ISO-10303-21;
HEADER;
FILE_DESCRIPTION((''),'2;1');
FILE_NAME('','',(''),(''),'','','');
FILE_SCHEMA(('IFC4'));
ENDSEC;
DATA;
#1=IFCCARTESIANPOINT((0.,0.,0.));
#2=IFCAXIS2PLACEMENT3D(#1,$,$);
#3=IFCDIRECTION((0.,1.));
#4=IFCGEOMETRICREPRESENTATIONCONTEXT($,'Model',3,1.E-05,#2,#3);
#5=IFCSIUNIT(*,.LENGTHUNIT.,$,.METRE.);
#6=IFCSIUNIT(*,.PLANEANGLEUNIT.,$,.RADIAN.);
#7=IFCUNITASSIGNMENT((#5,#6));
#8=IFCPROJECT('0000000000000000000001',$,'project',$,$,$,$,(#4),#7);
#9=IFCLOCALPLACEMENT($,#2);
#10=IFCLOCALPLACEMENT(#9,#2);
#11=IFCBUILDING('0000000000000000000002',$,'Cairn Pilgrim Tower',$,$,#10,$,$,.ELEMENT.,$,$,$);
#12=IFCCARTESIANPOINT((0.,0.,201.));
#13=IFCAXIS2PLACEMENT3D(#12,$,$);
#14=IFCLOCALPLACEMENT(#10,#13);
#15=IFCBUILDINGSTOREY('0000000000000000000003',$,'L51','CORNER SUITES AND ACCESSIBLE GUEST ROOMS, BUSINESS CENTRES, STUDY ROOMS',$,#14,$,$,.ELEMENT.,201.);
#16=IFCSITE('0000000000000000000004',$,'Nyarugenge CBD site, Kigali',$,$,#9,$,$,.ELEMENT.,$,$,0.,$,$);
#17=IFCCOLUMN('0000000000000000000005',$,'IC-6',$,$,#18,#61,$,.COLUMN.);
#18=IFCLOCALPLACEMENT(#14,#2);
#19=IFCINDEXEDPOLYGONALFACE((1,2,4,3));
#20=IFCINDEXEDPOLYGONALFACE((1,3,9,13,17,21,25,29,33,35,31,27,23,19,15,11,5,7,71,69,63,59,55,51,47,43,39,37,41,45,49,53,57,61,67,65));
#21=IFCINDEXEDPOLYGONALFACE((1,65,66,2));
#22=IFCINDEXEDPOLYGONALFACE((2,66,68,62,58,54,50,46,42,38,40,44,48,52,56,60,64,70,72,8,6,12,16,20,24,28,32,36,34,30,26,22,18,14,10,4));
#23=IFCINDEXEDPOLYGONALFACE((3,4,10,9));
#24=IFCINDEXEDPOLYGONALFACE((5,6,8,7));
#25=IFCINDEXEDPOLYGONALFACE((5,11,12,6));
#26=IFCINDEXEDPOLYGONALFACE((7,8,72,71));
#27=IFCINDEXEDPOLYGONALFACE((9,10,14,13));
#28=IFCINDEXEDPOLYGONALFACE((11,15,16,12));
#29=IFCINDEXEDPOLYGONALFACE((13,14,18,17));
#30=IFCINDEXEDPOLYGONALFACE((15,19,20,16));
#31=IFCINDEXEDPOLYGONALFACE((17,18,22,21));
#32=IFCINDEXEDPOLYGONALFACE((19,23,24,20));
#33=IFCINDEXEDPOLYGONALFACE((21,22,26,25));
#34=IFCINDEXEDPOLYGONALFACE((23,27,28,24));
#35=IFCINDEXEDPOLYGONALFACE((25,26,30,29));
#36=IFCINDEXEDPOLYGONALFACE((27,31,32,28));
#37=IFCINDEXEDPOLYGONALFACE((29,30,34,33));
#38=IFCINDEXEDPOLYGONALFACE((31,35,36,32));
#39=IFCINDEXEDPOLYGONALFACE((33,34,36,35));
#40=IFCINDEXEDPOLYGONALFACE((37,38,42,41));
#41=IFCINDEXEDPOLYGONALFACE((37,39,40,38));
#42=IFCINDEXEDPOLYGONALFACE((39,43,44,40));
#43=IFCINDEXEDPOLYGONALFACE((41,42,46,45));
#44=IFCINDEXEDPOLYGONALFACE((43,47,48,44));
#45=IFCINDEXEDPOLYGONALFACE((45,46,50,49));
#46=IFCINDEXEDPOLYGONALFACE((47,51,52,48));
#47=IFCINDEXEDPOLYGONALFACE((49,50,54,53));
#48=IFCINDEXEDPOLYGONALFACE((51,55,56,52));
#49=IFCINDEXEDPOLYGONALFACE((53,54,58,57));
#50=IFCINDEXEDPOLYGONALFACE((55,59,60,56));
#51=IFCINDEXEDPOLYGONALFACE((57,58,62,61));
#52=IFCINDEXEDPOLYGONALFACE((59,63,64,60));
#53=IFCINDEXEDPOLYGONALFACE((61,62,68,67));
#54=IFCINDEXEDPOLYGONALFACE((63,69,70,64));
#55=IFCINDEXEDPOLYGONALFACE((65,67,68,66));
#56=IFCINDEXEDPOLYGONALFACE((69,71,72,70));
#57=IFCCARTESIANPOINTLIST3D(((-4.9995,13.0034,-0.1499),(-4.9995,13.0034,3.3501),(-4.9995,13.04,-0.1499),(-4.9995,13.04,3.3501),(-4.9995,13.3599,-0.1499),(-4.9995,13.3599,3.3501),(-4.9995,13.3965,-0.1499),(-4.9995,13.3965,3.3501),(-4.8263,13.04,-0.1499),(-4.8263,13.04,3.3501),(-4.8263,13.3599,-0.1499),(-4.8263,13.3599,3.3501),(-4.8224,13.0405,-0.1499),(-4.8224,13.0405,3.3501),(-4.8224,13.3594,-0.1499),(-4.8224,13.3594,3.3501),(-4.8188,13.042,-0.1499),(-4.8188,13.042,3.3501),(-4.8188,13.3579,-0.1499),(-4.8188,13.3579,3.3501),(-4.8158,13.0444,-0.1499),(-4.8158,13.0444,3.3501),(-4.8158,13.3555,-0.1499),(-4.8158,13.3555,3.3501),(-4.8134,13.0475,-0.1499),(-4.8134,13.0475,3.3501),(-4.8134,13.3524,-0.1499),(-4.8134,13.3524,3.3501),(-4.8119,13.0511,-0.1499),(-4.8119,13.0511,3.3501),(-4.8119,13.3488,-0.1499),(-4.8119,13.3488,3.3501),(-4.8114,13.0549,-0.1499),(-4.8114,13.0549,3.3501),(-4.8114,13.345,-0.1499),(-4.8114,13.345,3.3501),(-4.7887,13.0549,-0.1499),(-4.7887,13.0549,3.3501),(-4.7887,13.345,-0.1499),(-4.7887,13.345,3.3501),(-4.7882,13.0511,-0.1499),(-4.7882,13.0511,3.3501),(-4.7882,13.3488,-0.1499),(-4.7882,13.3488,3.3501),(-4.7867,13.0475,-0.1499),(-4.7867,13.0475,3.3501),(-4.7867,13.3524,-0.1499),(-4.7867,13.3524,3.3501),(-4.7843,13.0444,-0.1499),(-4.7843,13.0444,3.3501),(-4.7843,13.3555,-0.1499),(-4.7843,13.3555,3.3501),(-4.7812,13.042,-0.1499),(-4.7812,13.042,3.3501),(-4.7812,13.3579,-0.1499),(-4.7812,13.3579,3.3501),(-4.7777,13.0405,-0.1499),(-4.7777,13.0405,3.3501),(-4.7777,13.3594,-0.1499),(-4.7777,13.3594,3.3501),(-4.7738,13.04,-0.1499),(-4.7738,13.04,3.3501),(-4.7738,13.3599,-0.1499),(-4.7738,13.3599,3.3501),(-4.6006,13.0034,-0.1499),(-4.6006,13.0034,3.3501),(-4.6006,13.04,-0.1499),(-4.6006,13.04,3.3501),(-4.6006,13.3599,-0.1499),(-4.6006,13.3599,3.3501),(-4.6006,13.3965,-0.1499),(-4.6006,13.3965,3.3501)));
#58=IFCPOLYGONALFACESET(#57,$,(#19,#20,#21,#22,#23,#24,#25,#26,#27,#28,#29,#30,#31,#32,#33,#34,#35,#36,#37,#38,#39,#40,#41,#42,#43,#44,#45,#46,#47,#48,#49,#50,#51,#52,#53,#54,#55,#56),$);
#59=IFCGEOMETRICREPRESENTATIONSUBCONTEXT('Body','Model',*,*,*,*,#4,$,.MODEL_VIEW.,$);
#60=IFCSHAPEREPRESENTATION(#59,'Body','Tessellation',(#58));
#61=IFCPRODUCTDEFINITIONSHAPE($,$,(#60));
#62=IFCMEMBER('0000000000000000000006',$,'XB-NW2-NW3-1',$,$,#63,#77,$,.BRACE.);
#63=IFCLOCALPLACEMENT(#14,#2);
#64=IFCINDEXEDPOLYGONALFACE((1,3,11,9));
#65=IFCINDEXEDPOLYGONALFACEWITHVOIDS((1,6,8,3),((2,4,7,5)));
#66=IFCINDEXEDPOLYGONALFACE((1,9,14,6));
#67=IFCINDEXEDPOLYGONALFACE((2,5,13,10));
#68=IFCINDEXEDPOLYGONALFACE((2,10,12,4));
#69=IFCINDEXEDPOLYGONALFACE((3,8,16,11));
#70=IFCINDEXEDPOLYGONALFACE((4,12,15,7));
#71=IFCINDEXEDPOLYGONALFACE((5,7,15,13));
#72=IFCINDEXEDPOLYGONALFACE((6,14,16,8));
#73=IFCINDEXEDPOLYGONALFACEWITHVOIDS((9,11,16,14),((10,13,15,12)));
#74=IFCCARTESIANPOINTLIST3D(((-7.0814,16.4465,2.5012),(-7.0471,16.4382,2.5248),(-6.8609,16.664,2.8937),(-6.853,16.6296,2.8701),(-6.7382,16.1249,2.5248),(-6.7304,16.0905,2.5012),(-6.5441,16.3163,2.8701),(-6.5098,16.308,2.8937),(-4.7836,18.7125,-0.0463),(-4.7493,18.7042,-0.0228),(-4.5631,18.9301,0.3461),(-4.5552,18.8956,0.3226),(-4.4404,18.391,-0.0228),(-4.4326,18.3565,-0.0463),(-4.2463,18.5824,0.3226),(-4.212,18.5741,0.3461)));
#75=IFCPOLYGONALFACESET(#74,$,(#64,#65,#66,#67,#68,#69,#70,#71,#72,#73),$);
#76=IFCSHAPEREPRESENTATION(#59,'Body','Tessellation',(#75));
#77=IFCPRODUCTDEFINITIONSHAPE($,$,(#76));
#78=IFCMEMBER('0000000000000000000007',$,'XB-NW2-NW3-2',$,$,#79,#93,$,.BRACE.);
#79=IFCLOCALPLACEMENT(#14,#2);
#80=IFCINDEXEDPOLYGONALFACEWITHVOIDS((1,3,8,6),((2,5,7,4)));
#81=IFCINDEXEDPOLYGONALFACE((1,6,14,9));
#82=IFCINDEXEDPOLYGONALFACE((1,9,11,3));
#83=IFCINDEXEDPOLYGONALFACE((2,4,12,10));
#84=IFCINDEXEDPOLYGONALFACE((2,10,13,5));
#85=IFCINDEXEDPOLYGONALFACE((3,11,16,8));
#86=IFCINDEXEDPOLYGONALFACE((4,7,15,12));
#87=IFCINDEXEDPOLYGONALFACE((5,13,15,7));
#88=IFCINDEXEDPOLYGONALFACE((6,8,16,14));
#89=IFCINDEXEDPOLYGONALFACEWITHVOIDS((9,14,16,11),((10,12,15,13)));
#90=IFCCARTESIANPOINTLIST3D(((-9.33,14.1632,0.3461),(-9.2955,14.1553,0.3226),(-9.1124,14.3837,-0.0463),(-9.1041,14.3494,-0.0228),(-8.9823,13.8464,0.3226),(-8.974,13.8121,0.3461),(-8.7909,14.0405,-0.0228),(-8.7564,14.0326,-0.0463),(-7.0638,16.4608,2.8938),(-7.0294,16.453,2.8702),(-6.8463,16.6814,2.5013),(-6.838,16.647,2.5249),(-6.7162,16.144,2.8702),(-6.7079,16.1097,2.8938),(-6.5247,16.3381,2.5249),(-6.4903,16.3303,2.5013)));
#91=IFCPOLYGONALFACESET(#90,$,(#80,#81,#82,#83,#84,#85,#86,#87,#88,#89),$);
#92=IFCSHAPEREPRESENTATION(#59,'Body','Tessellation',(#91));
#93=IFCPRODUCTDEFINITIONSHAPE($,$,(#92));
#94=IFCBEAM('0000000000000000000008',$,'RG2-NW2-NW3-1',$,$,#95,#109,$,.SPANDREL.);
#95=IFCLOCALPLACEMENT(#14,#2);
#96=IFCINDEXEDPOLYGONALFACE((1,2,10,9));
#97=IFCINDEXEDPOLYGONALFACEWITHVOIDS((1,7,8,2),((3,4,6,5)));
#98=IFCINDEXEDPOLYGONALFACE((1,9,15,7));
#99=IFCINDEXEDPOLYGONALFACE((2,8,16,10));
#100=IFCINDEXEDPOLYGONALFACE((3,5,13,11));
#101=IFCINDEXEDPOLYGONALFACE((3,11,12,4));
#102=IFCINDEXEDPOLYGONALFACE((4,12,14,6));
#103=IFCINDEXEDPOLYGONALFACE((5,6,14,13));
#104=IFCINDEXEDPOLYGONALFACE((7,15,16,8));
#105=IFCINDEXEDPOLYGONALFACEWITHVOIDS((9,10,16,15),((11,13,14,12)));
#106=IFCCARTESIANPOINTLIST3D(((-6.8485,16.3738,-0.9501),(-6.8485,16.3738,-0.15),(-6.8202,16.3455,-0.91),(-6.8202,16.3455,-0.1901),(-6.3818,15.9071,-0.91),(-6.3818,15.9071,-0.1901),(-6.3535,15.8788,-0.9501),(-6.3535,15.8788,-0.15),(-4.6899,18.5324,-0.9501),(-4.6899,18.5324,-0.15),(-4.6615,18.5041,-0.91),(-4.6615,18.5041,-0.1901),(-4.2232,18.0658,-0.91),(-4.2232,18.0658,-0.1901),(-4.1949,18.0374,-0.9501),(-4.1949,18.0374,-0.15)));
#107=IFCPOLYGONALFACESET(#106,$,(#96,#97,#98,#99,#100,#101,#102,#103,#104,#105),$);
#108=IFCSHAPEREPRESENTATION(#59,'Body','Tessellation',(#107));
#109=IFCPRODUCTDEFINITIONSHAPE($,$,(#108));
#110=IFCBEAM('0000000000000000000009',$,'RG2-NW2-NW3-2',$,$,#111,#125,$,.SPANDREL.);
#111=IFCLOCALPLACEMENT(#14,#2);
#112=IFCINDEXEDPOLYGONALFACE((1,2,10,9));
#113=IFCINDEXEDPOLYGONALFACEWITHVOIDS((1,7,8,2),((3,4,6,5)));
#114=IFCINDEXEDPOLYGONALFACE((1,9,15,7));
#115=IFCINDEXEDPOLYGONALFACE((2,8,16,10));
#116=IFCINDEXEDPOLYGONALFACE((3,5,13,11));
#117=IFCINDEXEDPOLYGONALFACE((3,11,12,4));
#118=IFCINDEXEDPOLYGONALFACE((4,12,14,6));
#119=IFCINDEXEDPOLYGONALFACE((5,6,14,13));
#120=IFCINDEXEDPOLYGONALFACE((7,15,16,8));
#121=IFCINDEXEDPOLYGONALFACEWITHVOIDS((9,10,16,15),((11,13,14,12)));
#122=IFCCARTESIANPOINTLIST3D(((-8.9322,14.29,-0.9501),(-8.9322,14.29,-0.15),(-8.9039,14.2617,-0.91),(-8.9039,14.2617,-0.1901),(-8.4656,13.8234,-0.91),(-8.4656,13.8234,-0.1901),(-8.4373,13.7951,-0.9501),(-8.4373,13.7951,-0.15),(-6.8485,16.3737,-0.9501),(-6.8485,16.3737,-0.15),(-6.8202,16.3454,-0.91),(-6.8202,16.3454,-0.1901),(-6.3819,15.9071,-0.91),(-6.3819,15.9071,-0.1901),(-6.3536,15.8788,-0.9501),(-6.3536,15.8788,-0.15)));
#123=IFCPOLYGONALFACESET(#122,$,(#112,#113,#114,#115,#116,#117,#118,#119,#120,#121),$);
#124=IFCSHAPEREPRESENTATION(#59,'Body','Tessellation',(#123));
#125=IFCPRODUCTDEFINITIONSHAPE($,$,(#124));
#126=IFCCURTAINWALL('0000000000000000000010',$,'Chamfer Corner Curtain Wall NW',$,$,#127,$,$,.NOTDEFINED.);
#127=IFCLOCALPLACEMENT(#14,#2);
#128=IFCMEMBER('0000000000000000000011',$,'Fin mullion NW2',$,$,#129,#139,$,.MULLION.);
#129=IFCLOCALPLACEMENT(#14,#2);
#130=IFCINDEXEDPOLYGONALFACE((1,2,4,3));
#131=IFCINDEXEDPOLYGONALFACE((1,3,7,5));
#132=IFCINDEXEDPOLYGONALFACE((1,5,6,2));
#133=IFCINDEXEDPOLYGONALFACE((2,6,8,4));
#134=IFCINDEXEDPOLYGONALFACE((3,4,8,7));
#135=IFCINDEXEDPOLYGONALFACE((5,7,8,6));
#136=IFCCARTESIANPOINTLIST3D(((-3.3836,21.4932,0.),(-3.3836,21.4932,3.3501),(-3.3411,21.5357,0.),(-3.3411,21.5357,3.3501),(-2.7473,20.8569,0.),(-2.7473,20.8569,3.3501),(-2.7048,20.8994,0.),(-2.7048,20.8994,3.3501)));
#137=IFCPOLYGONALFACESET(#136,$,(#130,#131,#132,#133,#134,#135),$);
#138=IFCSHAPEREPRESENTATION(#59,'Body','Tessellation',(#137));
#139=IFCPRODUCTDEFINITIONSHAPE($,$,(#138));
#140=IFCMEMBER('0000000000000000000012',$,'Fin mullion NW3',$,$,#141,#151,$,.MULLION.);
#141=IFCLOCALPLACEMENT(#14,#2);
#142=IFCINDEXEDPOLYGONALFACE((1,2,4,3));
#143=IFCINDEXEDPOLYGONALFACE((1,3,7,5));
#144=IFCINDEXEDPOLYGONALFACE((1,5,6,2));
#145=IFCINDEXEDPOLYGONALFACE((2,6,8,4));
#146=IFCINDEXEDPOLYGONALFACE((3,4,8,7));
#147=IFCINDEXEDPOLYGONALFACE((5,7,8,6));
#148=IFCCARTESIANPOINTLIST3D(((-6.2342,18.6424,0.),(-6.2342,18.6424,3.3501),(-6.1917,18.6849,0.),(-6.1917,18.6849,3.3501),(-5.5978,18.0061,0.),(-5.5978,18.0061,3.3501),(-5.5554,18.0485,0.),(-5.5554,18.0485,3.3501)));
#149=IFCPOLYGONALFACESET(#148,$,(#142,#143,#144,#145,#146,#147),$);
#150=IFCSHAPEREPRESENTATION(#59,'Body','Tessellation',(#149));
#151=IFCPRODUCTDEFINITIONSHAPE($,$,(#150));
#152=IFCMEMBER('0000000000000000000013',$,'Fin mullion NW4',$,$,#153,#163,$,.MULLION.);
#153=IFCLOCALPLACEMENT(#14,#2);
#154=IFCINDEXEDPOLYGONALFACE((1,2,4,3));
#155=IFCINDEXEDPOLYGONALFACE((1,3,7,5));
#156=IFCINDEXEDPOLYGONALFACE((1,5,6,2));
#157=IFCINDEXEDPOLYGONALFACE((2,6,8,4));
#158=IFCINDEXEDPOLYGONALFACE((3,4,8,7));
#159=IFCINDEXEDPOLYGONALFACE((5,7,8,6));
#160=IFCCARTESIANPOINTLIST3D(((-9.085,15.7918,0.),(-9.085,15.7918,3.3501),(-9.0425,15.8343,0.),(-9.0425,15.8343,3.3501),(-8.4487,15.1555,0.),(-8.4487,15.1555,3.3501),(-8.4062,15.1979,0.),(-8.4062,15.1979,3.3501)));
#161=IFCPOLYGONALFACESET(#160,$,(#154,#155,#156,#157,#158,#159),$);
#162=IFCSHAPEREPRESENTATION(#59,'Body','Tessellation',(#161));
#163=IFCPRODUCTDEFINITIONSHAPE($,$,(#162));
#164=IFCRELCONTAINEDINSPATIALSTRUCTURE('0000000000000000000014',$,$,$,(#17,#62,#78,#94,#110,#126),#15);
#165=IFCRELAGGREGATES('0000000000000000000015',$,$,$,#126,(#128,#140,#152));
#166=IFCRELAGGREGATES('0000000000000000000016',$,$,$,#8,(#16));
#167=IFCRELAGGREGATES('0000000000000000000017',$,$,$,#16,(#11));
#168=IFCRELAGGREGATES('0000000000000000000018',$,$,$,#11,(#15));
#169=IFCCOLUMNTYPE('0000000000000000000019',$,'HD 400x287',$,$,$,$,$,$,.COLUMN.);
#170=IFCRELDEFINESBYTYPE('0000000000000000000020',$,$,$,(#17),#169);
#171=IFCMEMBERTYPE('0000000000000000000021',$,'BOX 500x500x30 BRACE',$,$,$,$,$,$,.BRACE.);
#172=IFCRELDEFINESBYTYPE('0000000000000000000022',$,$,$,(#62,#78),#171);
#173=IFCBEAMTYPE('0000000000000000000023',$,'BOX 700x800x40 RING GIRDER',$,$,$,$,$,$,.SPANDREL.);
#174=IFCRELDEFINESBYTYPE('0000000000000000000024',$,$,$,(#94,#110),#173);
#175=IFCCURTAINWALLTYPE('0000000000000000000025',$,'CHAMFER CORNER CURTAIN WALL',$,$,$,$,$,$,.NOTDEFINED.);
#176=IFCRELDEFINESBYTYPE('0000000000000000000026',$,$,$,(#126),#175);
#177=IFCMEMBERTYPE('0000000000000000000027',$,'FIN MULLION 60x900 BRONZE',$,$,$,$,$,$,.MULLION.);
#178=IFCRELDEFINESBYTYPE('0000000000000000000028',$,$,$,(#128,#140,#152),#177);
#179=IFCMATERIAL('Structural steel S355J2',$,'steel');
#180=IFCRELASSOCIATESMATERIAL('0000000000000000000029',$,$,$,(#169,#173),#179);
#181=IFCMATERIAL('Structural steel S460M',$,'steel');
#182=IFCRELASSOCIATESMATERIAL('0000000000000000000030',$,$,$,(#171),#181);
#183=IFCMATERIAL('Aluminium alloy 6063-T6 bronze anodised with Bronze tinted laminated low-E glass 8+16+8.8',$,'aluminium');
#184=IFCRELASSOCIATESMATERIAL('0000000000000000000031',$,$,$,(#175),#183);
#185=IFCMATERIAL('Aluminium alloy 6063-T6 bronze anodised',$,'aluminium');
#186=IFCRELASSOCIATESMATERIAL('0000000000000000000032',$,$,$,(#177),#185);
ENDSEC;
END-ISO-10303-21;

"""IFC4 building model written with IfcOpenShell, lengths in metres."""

from ifc_helpers import new_model, si_unit, direction, frame, origin, origin_2d, place, context, subcontext, project, spatial, rectangle, hollow_rectangle, i_section, extrude, material, material_profile, profile_set, type_object, element, aggregate, save


model = new_model("IFC4")

# Units and contexts
model_context = context("Model", 3, precision=1e-05, world=origin(), true_north=direction((0.0, 1.0)))
body_context = subcontext(model_context, "Body", "Model", "MODEL_VIEW")
ifc_project = project(units=[si_unit("LENGTHUNIT", "METRE"), si_unit("PLANEANGLEUNIT", "RADIAN")], contexts=[model_context])

# Site, building, storey
site_placement = place(None, origin())
site = spatial("IfcSite", under=ifc_project, at=site_placement, Name="Nyarugenge CBD site, Kigali", CompositionType="ELEMENT", RefElevation=0.0)
building_placement = place(site_placement, origin())
building = spatial("IfcBuilding", under=site, at=building_placement, Name="Cairn Pilgrim Tower", CompositionType="ELEMENT")
storey_placement = place(building_placement, frame((0.0, 0.0, 201.0)))
storey = spatial("IfcBuildingStorey", under=building, at=storey_placement, Name="L51", Description="CORNER SUITES AND ACCESSIBLE GUEST ROOMS, BUSINESS CENTRES, STUDY ROOMS", CompositionType="ELEMENT", Elevation=201.0)

# Column
ifc_material_1 = material(Name="Structural steel S460M", Category="steel")
ifc_material_2 = material(Name="Structural steel S355J2", Category="steel")
ifc_material_profile_1 = material_profile(ifc_material_2, i_section(OverallWidth=0.3989, OverallDepth=0.3931, WebThickness=0.0227, FlangeThickness=0.0366, FilletRadius=0.0149, at=origin_2d()), Name="HD 400x287")
ifc_profile_set_1 = profile_set([ifc_material_profile_1], Name="Structural steel S355J2")
column_type_1 = type_object("IfcColumnType", Name="HD 400x287", PredefinedType="COLUMN", material=ifc_profile_set_1)
column_placement = place(storey_placement, frame((-4.8, 13.2, -0.1499), z_axis=(0.0, 0.0, 1.0), x_axis=(1.0, 0.0, 0.0)))
element("IfcColumn", 1, at=column_placement, inside=storey, type_object=column_type_1, Name="IC-6", PredefinedType="COLUMN", context=body_context, shape_type="SweptSolid", body=[
    extrude(i_section(OverallWidth=0.3989, OverallDepth=0.3931, WebThickness=0.0227, FlangeThickness=0.0366, FilletRadius=0.0149, at=origin_2d()), origin(), (0.0, 0.0, 1.0), 3.5),
])

# Members
ifc_material_profile_2 = material_profile(ifc_material_1, hollow_rectangle(XDim=0.5, YDim=0.5, WallThickness=0.03, at=origin_2d()), Name="BOX 500x500x30")
ifc_profile_set_2 = profile_set([ifc_material_profile_2], Name="Structural steel S460M")
member_type_1 = type_object("IfcMemberType", Name="BOX 500x500x30 BRACE", PredefinedType="BRACE", material=ifc_profile_set_2)
for number, where, z_axis, x_axis, name in (
    (2, (-4.4978, 18.6433, 0.1499), (-0.558863, -0.551144, 0.619607), (0.702173, -0.712007, 0.0), "XB-NW2-NW3-1"),
    (3, (-9.0432, 14.0979, 0.1499), (0.551162, 0.558822, 0.619627), (-0.71197, 0.70221, 0.0), "XB-NW2-NW3-2"),
):
    element("IfcMember", number, at=place(storey_placement, frame(where, z_axis=z_axis, x_axis=x_axis)), inside=storey, type_object=member_type_1, Name=name, PredefinedType="BRACE", context=body_context, shape_type="SweptSolid", body=[
        extrude(hollow_rectangle(XDim=0.5, YDim=0.5, WallThickness=0.03, at=origin_2d()), origin(), (0.0, 0.0, 1.0), 4.1116),
    ])

# Beams
ifc_material_profile_3 = material_profile(ifc_material_2, hollow_rectangle(XDim=0.7, YDim=0.8, WallThickness=0.04, at=origin_2d()), Name="BOX 700x800x40")
ifc_profile_set_3 = profile_set([ifc_material_profile_3], Name="Structural steel S355J2")
beam_type_1 = type_object("IfcBeamType", Name="BOX 700x800x40 RING GIRDER", PredefinedType="SPANDREL", material=ifc_profile_set_3)
beam_1_placement = place(storey_placement, frame((-4.4424, 18.2849, -0.55), z_axis=(-0.707107, -0.707107, 0.0), x_axis=(0.707107, -0.707107, 0.0)))
element("IfcBeam", 4, at=beam_1_placement, inside=storey, type_object=beam_type_1, Name="RG2-NW2-NW3-1", PredefinedType="SPANDREL", context=body_context, shape_type="SweptSolid", body=[
    extrude(hollow_rectangle(XDim=0.7, YDim=0.8, WallThickness=0.04, at=origin_2d()), origin(), (0.0, 0.0, 1.0), 3.0527),
])
beam_2_placement = place(storey_placement, frame((-6.6011, 16.1262, -0.55), z_axis=(-0.707107, -0.707107, 0.0), x_axis=(0.707107, -0.707107, 0.0)))
element("IfcBeam", 5, at=beam_2_placement, inside=storey, type_object=beam_type_1, Name="RG2-NW2-NW3-2", PredefinedType="SPANDREL", context=body_context, shape_type="SweptSolid", body=[
    extrude(hollow_rectangle(XDim=0.7, YDim=0.8, WallThickness=0.04, at=origin_2d()), origin(), (0.0, 0.0, 1.0), 2.9468),
])

# Curtain wall, members
ifc_material_3 = material(Name="Aluminium alloy 6063-T6 bronze anodised with Bronze tinted laminated low-E glass 8+16+8.8", Category="aluminium")
curtain_wall_type = type_object("IfcCurtainWallType", Name="CHAMFER CORNER CURTAIN WALL", PredefinedType="NOTDEFINED", material=ifc_material_3)
curtain_wall_placement = place(storey_placement, origin())
curtain_wall = element("IfcCurtainWall", 6, at=curtain_wall_placement, inside=storey, type_object=curtain_wall_type, Name="Chamfer Corner Curtain Wall NW", PredefinedType="NOTDEFINED")
ifc_material_4 = material(Name="Aluminium alloy 6063-T6 bronze anodised", Category="aluminium")
ifc_material_profile_4 = material_profile(ifc_material_4, rectangle(XDim=0.8999, YDim=0.0601, at=origin_2d()), Name="FIN MULLION 60x900 BRONZE")
ifc_profile_set_4 = profile_set([ifc_material_profile_4], Name="Aluminium alloy 6063-T6 bronze anodised")
member_type_2 = type_object("IfcMemberType", Name="FIN MULLION 60x900 BRONZE", PredefinedType="MULLION", material=ifc_profile_set_4)
member_1_placement = place(storey_placement, frame((-3.0442, 21.1963, 0.0), z_axis=(0.0, 0.0, 1.0), x_axis=(-0.707107, 0.707107, 0.0)))
member_1 = element("IfcMember", 7, at=member_1_placement, type_object=member_type_2, Name="Fin mullion NW2", PredefinedType="MULLION", context=body_context, shape_type="SweptSolid", body=[
    extrude(rectangle(XDim=0.8999, YDim=0.0601, at=origin_2d()), origin(), (0.0, 0.0, 1.0), 3.3501),
])
member_2_placement = place(storey_placement, frame((-5.8948, 18.3455, 0.0), z_axis=(0.0, 0.0, 1.0), x_axis=(-0.707107, 0.707107, 0.0)))
member_2 = element("IfcMember", 8, at=member_2_placement, type_object=member_type_2, Name="Fin mullion NW3", PredefinedType="MULLION", context=body_context, shape_type="SweptSolid", body=[
    extrude(rectangle(XDim=0.8999, YDim=0.0601, at=origin_2d()), origin(), (0.0, 0.0, 1.0), 3.3501),
])
member_3_placement = place(storey_placement, frame((-8.7456, 15.4949, 0.0), z_axis=(0.0, 0.0, 1.0), x_axis=(-0.707107, 0.707107, 0.0)))
member_3 = element("IfcMember", 9, at=member_3_placement, type_object=member_type_2, Name="Fin mullion NW4", PredefinedType="MULLION", context=body_context, shape_type="SweptSolid", body=[
    extrude(rectangle(XDim=0.8999, YDim=0.0601, at=origin_2d()), origin(), (0.0, 0.0, 1.0), 3.3501),
])

aggregate(curtain_wall, [member_1, member_2, member_3])

save(model, "model.ifc")
